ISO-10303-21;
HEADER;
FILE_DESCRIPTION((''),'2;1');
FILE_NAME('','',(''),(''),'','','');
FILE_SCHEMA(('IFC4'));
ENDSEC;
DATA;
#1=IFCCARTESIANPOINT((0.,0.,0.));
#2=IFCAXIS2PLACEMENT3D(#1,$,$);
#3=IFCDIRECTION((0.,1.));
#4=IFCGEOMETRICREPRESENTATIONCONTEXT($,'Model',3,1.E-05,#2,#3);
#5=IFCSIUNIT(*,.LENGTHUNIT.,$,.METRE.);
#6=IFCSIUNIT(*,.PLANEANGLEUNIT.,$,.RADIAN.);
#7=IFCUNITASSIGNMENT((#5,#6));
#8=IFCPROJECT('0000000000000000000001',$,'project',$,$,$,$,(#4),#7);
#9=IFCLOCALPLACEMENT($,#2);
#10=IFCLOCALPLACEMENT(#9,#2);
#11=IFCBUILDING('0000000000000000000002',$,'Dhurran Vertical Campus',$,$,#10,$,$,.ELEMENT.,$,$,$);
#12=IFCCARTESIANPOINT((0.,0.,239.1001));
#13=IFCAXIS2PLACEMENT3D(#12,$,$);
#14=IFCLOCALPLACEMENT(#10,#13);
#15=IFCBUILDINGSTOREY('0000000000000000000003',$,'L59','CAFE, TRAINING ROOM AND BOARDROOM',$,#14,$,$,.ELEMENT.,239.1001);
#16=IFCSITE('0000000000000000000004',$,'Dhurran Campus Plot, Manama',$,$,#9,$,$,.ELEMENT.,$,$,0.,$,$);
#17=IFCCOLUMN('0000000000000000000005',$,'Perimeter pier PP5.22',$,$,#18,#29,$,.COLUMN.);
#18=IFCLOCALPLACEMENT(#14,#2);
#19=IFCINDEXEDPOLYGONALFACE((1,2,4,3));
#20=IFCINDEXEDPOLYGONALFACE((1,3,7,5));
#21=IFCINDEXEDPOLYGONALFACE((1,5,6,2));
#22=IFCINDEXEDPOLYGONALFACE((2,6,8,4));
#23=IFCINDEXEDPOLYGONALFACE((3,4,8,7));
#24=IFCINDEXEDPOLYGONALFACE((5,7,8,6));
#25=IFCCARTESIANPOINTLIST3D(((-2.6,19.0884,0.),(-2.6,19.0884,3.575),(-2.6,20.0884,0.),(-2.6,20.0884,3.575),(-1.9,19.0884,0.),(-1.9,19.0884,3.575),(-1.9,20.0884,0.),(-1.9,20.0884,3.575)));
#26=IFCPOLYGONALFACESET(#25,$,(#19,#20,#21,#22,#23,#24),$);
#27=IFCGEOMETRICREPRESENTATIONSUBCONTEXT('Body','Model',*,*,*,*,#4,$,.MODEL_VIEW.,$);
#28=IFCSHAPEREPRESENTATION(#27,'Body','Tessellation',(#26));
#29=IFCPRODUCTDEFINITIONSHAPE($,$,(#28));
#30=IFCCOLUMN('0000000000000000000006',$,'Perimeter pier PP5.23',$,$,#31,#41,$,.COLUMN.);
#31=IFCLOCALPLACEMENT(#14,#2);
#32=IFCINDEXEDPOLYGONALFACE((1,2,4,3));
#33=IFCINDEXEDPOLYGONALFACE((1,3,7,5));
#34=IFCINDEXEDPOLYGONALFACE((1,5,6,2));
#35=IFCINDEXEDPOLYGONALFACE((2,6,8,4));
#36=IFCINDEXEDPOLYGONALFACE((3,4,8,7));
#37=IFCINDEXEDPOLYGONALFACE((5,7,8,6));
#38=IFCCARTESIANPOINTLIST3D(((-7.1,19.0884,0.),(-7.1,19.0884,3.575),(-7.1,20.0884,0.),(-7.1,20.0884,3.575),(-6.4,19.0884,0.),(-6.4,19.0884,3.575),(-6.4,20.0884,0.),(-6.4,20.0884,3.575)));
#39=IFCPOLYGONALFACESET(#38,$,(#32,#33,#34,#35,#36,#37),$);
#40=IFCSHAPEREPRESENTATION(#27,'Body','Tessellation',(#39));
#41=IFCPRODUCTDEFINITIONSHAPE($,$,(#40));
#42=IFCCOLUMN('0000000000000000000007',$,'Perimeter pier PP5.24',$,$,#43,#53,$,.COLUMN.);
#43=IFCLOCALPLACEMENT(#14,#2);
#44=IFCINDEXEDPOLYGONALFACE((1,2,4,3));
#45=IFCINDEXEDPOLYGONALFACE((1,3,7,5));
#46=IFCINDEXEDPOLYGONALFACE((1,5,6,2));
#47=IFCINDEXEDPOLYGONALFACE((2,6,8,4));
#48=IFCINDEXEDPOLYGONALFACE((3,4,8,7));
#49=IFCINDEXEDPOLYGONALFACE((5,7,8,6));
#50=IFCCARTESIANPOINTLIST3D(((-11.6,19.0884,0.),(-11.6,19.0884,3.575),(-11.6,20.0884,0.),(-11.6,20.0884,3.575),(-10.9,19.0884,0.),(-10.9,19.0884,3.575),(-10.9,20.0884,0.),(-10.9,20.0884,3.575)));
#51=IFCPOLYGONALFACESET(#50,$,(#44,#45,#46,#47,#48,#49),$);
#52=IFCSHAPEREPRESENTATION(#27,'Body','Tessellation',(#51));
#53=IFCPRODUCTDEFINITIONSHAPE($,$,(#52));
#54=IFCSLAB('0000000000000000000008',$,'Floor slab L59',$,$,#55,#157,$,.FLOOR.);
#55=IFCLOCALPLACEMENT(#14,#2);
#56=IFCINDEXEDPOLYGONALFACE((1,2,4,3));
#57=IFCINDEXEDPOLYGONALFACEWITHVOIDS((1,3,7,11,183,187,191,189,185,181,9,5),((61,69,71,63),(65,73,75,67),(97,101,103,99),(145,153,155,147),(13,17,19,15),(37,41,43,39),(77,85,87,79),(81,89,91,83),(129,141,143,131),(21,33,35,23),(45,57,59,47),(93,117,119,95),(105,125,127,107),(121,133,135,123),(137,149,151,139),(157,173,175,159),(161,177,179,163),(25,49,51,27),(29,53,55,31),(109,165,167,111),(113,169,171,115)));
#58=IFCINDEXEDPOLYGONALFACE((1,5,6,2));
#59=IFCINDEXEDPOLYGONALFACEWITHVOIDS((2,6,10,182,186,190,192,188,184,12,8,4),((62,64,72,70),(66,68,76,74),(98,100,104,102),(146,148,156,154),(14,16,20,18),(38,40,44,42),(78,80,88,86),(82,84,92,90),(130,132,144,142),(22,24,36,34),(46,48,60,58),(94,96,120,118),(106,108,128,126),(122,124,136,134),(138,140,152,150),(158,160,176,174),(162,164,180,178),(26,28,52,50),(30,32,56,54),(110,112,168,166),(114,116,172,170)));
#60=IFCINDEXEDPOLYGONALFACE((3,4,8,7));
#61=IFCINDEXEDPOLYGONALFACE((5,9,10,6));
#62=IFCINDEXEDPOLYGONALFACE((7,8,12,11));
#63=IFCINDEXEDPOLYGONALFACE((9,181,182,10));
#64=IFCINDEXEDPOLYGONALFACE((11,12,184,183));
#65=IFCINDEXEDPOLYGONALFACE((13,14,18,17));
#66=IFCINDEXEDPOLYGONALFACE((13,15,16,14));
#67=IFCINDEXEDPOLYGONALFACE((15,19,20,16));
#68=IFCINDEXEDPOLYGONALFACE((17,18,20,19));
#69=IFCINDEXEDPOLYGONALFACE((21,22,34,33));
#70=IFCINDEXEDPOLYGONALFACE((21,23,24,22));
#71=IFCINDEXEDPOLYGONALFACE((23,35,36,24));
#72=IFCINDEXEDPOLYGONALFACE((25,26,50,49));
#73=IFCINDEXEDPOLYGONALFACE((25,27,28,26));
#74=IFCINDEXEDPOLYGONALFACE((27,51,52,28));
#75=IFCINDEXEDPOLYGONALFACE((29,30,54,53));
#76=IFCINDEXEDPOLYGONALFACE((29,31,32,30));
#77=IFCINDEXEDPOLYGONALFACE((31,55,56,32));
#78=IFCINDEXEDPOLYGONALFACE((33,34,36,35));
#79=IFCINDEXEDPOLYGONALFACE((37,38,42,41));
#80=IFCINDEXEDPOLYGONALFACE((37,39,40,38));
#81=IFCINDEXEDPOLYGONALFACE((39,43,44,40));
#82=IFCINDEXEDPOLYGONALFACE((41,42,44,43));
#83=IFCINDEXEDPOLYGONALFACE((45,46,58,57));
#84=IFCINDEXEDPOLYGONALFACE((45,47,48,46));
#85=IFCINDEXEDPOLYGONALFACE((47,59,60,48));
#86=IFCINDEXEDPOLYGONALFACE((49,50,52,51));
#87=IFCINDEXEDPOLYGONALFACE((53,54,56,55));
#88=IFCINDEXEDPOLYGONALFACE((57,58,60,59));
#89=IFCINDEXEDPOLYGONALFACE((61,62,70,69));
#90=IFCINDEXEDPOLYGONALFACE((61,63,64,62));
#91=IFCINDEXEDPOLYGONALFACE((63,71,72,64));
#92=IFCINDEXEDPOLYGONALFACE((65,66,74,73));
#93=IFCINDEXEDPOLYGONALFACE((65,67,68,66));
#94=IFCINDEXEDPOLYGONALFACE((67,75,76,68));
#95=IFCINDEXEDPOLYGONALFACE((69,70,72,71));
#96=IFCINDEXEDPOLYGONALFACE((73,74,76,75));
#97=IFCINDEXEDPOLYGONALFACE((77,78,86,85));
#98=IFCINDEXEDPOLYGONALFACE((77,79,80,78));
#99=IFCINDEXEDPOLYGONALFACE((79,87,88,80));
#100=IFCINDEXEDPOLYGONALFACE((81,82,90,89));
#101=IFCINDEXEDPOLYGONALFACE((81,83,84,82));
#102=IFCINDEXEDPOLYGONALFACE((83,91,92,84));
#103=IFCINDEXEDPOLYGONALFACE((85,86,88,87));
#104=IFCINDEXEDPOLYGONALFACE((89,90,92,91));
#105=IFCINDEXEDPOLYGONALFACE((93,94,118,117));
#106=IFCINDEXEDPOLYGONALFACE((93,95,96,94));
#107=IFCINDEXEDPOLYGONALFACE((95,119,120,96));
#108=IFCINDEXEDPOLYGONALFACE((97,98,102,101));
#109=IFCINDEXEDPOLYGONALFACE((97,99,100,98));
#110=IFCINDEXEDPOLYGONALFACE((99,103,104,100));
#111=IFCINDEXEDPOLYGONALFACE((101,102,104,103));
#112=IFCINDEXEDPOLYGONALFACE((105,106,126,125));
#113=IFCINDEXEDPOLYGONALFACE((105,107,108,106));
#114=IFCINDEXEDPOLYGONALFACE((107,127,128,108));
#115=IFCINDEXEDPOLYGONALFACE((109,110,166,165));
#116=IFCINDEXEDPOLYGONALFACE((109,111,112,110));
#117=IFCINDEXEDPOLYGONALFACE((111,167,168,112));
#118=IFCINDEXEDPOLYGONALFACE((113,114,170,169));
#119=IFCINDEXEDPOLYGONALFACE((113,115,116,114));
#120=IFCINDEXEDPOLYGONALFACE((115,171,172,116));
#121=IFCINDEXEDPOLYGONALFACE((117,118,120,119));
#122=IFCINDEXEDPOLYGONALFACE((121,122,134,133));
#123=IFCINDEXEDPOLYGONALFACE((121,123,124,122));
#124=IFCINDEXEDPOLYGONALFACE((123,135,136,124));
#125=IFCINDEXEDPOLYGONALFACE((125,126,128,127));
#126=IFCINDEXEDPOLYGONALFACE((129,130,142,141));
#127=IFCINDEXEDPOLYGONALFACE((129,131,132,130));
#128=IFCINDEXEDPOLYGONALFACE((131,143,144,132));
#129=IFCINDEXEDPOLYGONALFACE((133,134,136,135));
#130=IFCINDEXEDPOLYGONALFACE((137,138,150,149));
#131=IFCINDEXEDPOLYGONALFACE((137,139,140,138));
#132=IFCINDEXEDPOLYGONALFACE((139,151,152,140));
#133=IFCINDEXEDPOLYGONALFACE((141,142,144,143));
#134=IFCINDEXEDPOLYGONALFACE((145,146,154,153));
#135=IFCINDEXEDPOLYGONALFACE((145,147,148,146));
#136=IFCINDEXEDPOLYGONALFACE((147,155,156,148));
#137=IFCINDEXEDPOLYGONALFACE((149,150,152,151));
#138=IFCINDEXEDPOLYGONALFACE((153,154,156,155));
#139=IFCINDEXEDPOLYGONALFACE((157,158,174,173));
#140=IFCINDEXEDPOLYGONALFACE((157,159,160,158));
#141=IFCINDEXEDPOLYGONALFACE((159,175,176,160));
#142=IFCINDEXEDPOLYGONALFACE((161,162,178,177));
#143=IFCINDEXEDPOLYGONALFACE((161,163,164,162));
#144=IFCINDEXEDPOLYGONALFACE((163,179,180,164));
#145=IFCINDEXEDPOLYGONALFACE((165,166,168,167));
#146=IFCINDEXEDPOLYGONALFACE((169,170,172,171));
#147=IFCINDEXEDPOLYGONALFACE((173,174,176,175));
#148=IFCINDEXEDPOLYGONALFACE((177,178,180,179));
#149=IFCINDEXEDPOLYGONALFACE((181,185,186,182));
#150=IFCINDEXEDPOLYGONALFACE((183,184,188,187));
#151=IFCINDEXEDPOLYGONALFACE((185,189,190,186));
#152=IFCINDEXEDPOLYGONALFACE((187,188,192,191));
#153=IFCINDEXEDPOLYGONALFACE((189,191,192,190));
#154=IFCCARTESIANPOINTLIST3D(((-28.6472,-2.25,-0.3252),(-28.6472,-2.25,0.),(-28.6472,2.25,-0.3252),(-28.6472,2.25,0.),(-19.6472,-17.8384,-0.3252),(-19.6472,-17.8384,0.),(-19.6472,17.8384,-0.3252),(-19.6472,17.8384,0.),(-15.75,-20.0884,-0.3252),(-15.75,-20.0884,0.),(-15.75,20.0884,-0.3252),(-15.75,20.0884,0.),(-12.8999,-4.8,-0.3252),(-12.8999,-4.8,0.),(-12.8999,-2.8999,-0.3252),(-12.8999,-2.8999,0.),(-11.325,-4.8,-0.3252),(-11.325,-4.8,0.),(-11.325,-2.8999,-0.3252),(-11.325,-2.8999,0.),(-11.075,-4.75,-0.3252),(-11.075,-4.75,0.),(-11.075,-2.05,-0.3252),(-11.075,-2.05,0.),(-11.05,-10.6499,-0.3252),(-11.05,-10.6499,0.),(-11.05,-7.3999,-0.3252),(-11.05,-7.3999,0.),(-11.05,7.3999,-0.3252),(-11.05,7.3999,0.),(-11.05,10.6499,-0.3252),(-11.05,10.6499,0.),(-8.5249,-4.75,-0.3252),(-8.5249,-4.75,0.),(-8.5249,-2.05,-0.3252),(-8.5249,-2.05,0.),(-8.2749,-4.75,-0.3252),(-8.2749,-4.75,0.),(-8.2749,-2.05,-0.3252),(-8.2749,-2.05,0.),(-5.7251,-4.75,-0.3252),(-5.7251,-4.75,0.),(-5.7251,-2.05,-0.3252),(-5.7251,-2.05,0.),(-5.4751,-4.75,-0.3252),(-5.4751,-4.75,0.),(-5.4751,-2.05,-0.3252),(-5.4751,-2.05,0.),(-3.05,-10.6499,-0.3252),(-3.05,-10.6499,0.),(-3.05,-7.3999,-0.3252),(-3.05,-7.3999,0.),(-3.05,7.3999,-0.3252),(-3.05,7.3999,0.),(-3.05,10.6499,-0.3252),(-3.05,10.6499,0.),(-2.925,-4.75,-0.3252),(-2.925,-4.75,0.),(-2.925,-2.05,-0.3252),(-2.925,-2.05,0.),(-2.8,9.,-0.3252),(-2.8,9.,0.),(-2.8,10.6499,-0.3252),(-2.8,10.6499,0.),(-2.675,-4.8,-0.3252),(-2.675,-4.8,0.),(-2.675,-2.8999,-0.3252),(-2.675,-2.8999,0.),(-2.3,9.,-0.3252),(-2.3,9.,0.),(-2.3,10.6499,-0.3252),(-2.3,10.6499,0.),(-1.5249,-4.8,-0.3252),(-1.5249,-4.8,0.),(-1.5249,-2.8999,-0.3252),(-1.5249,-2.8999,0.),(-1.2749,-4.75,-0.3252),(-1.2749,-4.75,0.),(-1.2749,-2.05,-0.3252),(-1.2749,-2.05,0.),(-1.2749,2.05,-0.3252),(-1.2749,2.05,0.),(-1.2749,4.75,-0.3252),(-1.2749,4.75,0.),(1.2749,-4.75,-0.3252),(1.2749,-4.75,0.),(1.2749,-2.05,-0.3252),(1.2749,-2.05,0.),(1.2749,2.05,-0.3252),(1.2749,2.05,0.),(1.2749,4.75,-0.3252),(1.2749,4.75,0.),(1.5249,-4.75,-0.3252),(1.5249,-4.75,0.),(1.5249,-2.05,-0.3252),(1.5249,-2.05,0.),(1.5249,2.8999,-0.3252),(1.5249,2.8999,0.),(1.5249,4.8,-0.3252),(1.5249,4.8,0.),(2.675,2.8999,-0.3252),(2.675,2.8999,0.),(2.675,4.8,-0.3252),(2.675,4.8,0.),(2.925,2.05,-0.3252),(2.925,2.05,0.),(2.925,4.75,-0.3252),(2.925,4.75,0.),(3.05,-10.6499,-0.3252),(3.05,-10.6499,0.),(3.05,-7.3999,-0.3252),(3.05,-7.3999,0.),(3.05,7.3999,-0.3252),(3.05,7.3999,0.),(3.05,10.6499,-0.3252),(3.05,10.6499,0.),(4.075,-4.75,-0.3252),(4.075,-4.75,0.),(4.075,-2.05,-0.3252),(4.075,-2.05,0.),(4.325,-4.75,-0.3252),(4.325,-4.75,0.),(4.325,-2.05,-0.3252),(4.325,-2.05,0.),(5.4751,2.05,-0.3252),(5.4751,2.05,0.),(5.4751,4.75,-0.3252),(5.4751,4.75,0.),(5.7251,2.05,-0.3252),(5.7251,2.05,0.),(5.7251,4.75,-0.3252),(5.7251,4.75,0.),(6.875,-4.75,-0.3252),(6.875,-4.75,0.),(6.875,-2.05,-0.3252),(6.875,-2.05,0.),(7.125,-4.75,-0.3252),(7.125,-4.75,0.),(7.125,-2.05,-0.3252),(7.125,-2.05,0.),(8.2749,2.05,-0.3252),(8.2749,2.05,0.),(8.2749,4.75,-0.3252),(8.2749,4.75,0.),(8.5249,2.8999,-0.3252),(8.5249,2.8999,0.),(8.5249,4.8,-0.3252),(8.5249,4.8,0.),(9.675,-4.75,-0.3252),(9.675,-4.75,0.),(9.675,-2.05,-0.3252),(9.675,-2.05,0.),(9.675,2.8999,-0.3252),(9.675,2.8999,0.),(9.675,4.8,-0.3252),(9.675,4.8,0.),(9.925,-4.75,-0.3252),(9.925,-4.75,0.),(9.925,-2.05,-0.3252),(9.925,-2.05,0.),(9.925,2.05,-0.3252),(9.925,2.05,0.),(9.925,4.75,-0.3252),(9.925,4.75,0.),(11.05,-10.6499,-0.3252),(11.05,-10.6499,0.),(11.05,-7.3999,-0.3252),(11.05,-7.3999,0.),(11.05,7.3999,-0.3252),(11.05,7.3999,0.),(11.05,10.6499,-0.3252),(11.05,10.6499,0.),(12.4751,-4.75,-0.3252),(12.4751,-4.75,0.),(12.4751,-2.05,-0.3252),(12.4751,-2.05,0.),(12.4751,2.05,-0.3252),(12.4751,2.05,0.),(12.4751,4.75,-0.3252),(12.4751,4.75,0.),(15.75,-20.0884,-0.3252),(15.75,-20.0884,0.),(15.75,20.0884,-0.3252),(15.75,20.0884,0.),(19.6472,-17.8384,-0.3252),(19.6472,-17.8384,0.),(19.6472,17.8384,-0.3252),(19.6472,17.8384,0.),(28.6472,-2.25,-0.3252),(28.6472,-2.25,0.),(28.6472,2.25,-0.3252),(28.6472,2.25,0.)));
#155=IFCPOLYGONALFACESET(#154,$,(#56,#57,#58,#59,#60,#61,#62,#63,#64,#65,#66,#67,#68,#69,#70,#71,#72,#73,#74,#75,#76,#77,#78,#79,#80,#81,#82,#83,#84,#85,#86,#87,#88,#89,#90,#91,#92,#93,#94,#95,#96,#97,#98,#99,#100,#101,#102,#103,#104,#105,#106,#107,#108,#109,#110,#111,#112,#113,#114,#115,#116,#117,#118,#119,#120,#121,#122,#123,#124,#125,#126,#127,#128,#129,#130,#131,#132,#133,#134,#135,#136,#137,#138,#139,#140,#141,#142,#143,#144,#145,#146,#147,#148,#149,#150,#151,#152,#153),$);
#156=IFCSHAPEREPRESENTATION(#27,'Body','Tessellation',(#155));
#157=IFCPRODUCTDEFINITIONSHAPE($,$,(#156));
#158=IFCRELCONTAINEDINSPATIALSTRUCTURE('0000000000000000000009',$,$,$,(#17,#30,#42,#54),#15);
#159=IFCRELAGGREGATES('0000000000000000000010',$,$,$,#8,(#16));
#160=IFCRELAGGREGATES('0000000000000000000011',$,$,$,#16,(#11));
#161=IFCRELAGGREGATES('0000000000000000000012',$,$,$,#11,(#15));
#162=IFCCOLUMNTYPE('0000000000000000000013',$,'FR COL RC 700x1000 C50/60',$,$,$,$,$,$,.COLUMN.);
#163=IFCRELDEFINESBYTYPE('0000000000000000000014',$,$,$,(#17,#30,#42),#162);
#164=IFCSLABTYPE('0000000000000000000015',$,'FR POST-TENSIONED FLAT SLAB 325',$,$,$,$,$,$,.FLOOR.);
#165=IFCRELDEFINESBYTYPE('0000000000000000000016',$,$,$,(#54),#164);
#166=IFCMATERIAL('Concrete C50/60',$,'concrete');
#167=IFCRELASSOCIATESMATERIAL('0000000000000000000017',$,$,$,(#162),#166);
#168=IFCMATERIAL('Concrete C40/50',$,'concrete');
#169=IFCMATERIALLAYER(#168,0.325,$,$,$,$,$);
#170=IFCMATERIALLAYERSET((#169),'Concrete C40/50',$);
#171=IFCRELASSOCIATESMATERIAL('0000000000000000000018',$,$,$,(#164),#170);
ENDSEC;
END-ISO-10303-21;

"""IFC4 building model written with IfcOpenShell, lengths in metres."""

from ifc_helpers import new_model, si_unit, direction, frame, origin, origin_2d, place, context, subcontext, project, spatial, polyline, rectangle, outline, extrude, material, layer, layer_set, material_profile, profile_set, type_object, element, save


model = new_model("IFC4")

# Units and contexts
model_context = context("Model", 3, precision=1e-05, world=origin(), true_north=direction((0.0, 1.0)))
body_context = subcontext(model_context, "Body", "Model", "MODEL_VIEW")
ifc_project = project(units=[si_unit("LENGTHUNIT", "METRE"), si_unit("PLANEANGLEUNIT", "RADIAN")], contexts=[model_context])

# Site, building, storey
site_placement = place(None, origin())
site = spatial("IfcSite", under=ifc_project, at=site_placement, Name="Dhurran Campus Plot, Manama", CompositionType="ELEMENT", RefElevation=0.0)
building_placement = place(site_placement, origin())
building = spatial("IfcBuilding", under=site, at=building_placement, Name="Dhurran Vertical Campus", CompositionType="ELEMENT")
storey_placement = place(building_placement, frame((0.0, 0.0, 239.1001)))
storey = spatial("IfcBuildingStorey", under=building, at=storey_placement, Name="L59", Description="CAFE, TRAINING ROOM AND BOARDROOM", CompositionType="ELEMENT", Elevation=239.1001)

# Columns
ifc_material_1 = material(Name="Concrete C50/60", Category="concrete")
ifc_material_profile = material_profile(ifc_material_1, rectangle(XDim=0.7, YDim=1.0, at=origin_2d()), Name="RC 700x1000")
ifc_profile_set = profile_set([ifc_material_profile], Name="Concrete C50/60")
column_type = type_object("IfcColumnType", Name="FR COL RC 700x1000 C50/60", PredefinedType="COLUMN", material=ifc_profile_set)
for number, where, z_axis, x_axis, name in (
    (1, (-2.25, 19.5884, 0.0), (0.0, 0.0, 1.0), (-1.0, 0.0, 0.0), "Perimeter pier PP5.22"),
    (2, (-6.75, 19.5884, 0.0), (0.0, 0.0, 1.0), (-1.0, 0.0, 0.0), "Perimeter pier PP5.23"),
    (3, (-11.25, 19.5884, 0.0), (0.0, 0.0, 1.0), (-1.0, 0.0, 0.0), "Perimeter pier PP5.24"),
):
    element("IfcColumn", number, at=place(storey_placement, frame(where, z_axis=z_axis, x_axis=x_axis)), inside=storey, type_object=column_type, Name=name, PredefinedType="COLUMN", context=body_context, shape_type="SweptSolid", body=[
        extrude(rectangle(XDim=0.7, YDim=1.0, at=origin_2d()), origin(), (0.0, 0.0, 1.0), 3.575),
    ])

# Slab
ifc_material_2 = material(Name="Concrete C40/50", Category="concrete")
ifc_layer_1 = layer(ifc_material_2, 0.325)
ifc_layer_set_1 = layer_set([ifc_layer_1], Name="Concrete C40/50")
slab_type = type_object("IfcSlabType", Name="FR POST-TENSIONED FLAT SLAB 325", PredefinedType="FLOOR", material=ifc_layer_set_1)
slab_placement = place(storey_placement, frame((0.0, 0.0, -0.3252)))
element("IfcSlab", 4, at=slab_placement, inside=storey, type_object=slab_type, Name="Floor slab L59", PredefinedType="FLOOR", context=body_context, shape_type="SweptSolid", body=[
    extrude(outline(polyline([(-15.75, -20.0884), (15.75, -20.0884), (19.6472, -17.8384), (28.6472, -2.25), (28.6472, 2.25), (19.6472, 17.8384), (15.75, 20.0884), (-15.75, 20.0884), (-19.6472, 17.8384), (-28.6472, 2.25), (-28.6472, -2.25), (-19.6472, -17.8384), (-15.75, -20.0884)]), holes=[polyline([(-1.2749, 2.05), (1.2749, 2.05), (1.2749, 4.75), (-1.2749, 4.75), (-1.2749, 2.05)]), polyline([(9.925, 2.05), (12.4751, 2.05), (12.4751, 4.75), (9.925, 4.75), (9.925, 2.05)]), polyline([(-1.2749, -4.75), (1.2749, -4.75), (1.2749, -2.05), (-1.2749, -2.05), (-1.2749, -4.75)]), polyline([(1.5249, -4.75), (4.075, -4.75), (4.075, -2.05), (1.5249, -2.05), (1.5249, -4.75)]), polyline([(4.325, -4.75), (6.875, -4.75), (6.875, -2.05), (4.325, -2.05), (4.325, -4.75)]), polyline([(7.125, -4.75), (9.675, -4.75), (9.675, -2.05), (7.125, -2.05), (7.125, -4.75)]), polyline([(9.925, -4.75), (12.4751, -4.75), (12.4751, -2.05), (9.925, -2.05), (9.925, -4.75)]), polyline([(2.925, 2.05), (5.4751, 2.05), (5.4751, 4.75), (2.925, 4.75), (2.925, 2.05)]), polyline([(5.7251, 2.05), (8.2749, 2.05), (8.2749, 4.75), (5.7251, 4.75), (5.7251, 2.05)]), polyline([(-11.075, -4.75), (-8.5249, -4.75), (-8.5249, -2.05), (-11.075, -2.05), (-11.075, -4.75)]), polyline([(-8.2749, -4.75), (-5.7251, -4.75), (-5.7251, -2.05), (-8.2749, -2.05), (-8.2749, -4.75)]), polyline([(-5.4751, -4.75), (-2.925, -4.75), (-2.925, -2.05), (-5.4751, -2.05), (-5.4751, -4.75)]), polyline([(-11.05, 7.3999), (-3.05, 7.3999), (-3.05, 10.6499), (-11.05, 10.6499), (-11.05, 7.3999)]), polyline([(3.05, 7.3999), (11.05, 7.3999), (11.05, 10.6499), (3.05, 10.6499), (3.05, 7.3999)]), polyline([(-11.05, -10.6499), (-3.05, -10.6499), (-3.05, -7.3999), (-11.05, -7.3999), (-11.05, -10.6499)]), polyline([(3.05, -10.6499), (11.05, -10.6499), (11.05, -7.3999), (3.05, -7.3999), (3.05, -10.6499)]), polyline([(2.675, 2.8999), (1.5249, 2.8999), (1.5249, 4.8), (2.675, 4.8), (2.675, 2.8999)]), polyline([(-12.8999, -2.8999), (-11.325, -2.8999), (-11.325, -4.8), (-12.8999, -4.8), (-12.8999, -2.8999)]), polyline([(-2.675, -2.8999), (-1.5249, -2.8999), (-1.5249, -4.8), (-2.675, -4.8), (-2.675, -2.8999)]), polyline([(-2.3, 10.6499), (-2.3, 9.0), (-2.8, 9.0), (-2.8, 10.6499), (-2.3, 10.6499)]), polyline([(9.675, 2.8999), (8.5249, 2.8999), (8.5249, 4.8), (9.675, 4.8), (9.675, 2.8999)])]), origin(), (0.0, 0.0, 1.0), 0.3252),
])

save(model, "model.ifc")
